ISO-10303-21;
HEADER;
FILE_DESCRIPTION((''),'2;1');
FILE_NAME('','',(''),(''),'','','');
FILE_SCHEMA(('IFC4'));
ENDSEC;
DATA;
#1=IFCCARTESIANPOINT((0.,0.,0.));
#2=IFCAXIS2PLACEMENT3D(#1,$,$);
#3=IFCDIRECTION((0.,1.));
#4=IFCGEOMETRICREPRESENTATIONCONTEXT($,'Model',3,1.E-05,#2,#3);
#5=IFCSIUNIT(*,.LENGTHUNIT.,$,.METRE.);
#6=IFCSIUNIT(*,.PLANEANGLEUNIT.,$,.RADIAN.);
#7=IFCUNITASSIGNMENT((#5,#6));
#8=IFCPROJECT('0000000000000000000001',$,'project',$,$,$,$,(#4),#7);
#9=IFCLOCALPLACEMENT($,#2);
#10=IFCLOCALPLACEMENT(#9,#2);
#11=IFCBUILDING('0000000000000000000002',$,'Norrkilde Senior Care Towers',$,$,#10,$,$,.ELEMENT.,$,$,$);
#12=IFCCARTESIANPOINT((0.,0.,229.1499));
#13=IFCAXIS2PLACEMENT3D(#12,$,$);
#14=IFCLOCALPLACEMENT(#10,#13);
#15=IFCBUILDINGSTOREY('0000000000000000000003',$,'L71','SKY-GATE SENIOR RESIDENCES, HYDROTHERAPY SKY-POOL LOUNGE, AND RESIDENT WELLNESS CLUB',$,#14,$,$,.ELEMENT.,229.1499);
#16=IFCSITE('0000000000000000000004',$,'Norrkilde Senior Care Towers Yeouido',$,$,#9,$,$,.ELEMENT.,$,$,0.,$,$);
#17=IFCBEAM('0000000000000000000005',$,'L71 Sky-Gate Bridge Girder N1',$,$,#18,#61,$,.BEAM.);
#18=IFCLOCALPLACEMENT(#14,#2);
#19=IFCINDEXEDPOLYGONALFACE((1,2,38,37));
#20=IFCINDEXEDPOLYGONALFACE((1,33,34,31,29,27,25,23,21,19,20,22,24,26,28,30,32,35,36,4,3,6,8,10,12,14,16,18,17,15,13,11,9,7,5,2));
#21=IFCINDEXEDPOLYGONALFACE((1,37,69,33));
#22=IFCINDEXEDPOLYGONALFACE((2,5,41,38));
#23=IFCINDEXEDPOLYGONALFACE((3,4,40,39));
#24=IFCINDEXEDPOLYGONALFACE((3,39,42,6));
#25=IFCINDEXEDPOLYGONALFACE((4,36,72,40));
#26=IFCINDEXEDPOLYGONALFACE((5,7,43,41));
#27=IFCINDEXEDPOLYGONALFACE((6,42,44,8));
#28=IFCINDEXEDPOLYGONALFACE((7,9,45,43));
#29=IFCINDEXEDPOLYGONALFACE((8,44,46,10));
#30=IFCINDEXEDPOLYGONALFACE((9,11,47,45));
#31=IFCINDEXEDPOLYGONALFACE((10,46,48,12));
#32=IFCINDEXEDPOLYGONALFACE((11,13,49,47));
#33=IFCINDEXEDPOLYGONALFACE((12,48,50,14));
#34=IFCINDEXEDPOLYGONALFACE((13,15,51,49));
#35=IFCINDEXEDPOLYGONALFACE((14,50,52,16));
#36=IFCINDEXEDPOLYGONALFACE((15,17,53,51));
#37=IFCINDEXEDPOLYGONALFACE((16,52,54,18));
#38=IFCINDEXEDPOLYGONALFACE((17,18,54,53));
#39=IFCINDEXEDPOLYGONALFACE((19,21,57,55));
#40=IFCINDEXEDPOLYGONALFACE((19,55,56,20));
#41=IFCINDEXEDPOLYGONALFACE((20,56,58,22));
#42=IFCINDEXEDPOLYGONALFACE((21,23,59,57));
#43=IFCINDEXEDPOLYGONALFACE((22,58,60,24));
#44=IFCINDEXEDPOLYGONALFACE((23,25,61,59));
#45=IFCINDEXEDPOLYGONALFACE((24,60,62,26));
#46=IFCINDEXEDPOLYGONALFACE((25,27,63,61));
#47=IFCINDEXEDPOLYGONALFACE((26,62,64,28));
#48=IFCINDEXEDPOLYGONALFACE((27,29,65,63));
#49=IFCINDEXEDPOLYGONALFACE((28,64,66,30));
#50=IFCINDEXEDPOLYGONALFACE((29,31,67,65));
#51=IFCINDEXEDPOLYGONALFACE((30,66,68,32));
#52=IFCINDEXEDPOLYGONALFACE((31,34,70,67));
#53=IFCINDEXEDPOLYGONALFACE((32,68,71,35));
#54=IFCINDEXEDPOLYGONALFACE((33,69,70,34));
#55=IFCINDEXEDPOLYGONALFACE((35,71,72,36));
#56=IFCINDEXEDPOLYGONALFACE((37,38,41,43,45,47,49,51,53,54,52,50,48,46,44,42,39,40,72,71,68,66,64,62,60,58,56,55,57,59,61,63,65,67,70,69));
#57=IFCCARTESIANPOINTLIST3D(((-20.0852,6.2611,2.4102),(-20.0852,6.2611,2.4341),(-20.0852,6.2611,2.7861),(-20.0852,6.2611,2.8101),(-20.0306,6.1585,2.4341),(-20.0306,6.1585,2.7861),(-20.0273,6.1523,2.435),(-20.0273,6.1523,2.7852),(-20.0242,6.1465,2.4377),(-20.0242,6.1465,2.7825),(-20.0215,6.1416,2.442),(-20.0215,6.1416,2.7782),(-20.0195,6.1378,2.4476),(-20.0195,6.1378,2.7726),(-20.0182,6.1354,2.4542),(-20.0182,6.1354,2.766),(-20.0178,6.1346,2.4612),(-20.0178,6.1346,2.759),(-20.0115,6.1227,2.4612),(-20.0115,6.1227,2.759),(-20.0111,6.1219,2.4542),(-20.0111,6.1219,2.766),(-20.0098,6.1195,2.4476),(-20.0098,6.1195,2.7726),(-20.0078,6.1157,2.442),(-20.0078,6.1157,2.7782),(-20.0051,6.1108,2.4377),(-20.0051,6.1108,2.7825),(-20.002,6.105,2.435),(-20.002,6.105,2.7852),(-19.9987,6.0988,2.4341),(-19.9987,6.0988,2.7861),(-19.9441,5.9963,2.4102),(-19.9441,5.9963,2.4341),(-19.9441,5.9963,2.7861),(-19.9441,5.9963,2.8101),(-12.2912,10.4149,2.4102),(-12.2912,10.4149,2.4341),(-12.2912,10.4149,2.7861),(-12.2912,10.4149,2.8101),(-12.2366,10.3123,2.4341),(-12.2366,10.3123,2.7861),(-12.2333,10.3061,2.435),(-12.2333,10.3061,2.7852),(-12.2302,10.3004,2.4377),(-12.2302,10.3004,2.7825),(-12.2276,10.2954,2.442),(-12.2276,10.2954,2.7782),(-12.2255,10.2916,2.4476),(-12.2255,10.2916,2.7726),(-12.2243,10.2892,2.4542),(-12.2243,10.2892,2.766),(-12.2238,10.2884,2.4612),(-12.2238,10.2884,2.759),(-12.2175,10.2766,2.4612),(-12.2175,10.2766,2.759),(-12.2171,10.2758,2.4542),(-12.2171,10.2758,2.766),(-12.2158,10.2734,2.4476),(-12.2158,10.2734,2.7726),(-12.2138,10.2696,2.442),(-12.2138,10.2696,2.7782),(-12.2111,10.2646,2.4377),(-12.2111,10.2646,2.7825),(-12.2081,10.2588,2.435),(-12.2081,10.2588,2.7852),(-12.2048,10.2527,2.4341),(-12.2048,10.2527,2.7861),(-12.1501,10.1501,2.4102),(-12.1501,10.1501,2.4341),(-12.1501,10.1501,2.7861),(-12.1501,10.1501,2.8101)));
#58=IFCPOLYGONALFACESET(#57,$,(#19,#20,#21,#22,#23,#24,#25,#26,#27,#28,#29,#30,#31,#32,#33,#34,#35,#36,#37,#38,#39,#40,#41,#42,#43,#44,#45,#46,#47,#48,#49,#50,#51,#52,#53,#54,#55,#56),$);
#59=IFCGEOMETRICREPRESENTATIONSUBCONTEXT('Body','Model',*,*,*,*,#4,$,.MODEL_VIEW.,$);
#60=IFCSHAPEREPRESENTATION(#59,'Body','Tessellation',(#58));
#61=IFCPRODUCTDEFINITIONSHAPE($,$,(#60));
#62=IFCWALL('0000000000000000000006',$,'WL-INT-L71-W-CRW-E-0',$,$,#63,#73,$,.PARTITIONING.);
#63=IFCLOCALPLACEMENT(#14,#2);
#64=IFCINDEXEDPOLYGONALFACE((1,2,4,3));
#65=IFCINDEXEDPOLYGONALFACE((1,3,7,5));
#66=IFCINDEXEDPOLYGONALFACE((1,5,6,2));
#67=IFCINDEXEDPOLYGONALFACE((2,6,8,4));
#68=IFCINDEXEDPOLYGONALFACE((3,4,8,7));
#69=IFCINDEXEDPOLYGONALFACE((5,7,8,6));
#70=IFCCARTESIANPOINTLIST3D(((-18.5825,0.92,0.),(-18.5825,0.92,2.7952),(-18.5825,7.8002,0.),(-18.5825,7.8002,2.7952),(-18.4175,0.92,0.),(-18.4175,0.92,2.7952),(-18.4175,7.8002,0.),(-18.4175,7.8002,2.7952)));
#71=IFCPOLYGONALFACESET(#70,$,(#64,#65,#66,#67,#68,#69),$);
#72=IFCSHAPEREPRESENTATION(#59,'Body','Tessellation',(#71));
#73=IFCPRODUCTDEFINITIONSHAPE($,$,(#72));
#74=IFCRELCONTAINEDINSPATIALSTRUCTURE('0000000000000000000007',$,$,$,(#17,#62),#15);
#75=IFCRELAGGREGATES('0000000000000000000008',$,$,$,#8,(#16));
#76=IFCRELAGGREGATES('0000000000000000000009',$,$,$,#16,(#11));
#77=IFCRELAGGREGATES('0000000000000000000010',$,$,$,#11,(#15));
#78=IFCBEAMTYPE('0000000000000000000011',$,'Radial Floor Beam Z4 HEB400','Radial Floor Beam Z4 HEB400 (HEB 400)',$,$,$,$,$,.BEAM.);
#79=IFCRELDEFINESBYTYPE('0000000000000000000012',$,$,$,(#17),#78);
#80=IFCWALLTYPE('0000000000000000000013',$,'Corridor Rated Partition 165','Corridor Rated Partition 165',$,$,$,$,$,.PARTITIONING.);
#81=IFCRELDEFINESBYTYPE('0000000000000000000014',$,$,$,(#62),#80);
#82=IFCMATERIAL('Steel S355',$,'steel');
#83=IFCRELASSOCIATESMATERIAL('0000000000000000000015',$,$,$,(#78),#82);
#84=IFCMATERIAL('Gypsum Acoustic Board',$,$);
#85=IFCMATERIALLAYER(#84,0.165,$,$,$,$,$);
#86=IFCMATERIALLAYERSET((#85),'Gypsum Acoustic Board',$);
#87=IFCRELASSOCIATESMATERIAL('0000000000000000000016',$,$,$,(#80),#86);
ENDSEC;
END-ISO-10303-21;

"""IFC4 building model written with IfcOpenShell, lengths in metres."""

from ifc_helpers import new_model, si_unit, direction, frame, frame_2d, origin, origin_2d, place, context, subcontext, project, spatial, rectangle, i_section, extrude, source, transform, mapped, material, layer, layer_set, material_profile, profile_set, type_object, type_shapes, element, save


model = new_model("IFC4")

# Units and contexts
model_context = context("Model", 3, precision=1e-05, world=origin(), true_north=direction((0.0, 1.0)))
body_context = subcontext(model_context, "Body", "Model", "MODEL_VIEW")
ifc_project = project(units=[si_unit("LENGTHUNIT", "METRE"), si_unit("PLANEANGLEUNIT", "RADIAN")], contexts=[model_context])

# Site, building, storey
site_placement = place(None, origin())
site = spatial("IfcSite", under=ifc_project, at=site_placement, Name="Norrkilde Senior Care Towers Yeouido", CompositionType="ELEMENT", RefElevation=0.0)
building_placement = place(site_placement, origin())
building = spatial("IfcBuilding", under=site, at=building_placement, Name="Norrkilde Senior Care Towers", CompositionType="ELEMENT")
storey_placement = place(building_placement, frame((0.0, 0.0, 229.1499)))
storey = spatial("IfcBuildingStorey", under=building, at=storey_placement, Name="L71", Description="SKY-GATE SENIOR RESIDENCES, HYDROTHERAPY SKY-POOL LOUNGE, AND RESIDENT WELLNESS CLUB", CompositionType="ELEMENT", Elevation=229.1499)

# Beam
ifc_material_1 = material(Name="Steel S355", Category="steel")
ifc_material_profile_1 = material_profile(ifc_material_1, i_section(OverallWidth=0.3, OverallDepth=0.3999, WebThickness=0.0134, FlangeThickness=0.0239, FilletRadius=0.0271, at=origin_2d()), Name="HEB 400")
ifc_profile_set_1 = profile_set([ifc_material_profile_1], Name="Steel S355")
beam_type_1 = type_object("IfcBeamType", Name="Radial Floor Beam Z4 HEB400", Description="Radial Floor Beam Z4 HEB400 (HEB 400)", PredefinedType="BEAM", material=ifc_profile_set_1)
shared_shape_1 = source(origin(), body_context, "Body", "SweptSolid", [
    extrude(i_section(OverallWidth=0.3, OverallDepth=0.3999, WebThickness=0.0134, FlangeThickness=0.0239, FilletRadius=0.0271, at=origin_2d()), origin(), (0.0, 0.0, 1.0), 8.8318),
])
beam_1_placement = place(storey_placement, frame((-20.0146, 6.1287, 2.6101), z_axis=(0.882492, 0.470327, 0.0), x_axis=(-0.470327, 0.882492, 0.0)))
element("IfcBeam", 1, at=beam_1_placement, inside=storey, type_object=beam_type_1, Name="L71 Sky-Gate Bridge Girder N1", PredefinedType="BEAM", context=body_context, shape_type="MappedRepresentation", body=[
    mapped(shared_shape_1, transform((0.0, 0.0, 0.0), x_axis=(1.0, 0.0, 0.0), y_axis=(0.0, 1.0, 0.0), z_axis=(0.0, 0.0, 1.0), scale=1.0)),
])

# Wall
ifc_material_2 = material(Name="Gypsum Acoustic Board")
ifc_layer_1 = layer(ifc_material_2, 0.165)
ifc_layer_set_1 = layer_set([ifc_layer_1], Name="Gypsum Acoustic Board")
wall_type_1 = type_object("IfcWallType", Name="Corridor Rated Partition 165", Description="Corridor Rated Partition 165", PredefinedType="PARTITIONING", material=ifc_layer_set_1)
shared_shape_2 = source(origin(), body_context, "Body", "SweptSolid", [
    extrude(rectangle(XDim=6.8801, YDim=0.165, at=frame_2d((3.4399, 0.0))), origin(), (0.0, 0.0, 1.0), 2.7952),
])
type_shapes(wall_type_1, [shared_shape_2])
wall_1_placement = place(storey_placement, frame((-18.5, 7.8, 0.0), z_axis=(0.0, 0.0, 1.0), x_axis=(0.0, -1.0, 0.0)))
element("IfcWall", 2, at=wall_1_placement, inside=storey, type_object=wall_type_1, Name="WL-INT-L71-W-CRW-E-0", PredefinedType="PARTITIONING", context=body_context, shape_type="MappedRepresentation", body=[
    mapped(shared_shape_2, transform((0.0, 0.0, 0.0), x_axis=(1.0, 0.0, 0.0), y_axis=(0.0, 1.0, 0.0), z_axis=(0.0, 0.0, 1.0), scale=1.0)),
])

save(model, "model.ifc")
